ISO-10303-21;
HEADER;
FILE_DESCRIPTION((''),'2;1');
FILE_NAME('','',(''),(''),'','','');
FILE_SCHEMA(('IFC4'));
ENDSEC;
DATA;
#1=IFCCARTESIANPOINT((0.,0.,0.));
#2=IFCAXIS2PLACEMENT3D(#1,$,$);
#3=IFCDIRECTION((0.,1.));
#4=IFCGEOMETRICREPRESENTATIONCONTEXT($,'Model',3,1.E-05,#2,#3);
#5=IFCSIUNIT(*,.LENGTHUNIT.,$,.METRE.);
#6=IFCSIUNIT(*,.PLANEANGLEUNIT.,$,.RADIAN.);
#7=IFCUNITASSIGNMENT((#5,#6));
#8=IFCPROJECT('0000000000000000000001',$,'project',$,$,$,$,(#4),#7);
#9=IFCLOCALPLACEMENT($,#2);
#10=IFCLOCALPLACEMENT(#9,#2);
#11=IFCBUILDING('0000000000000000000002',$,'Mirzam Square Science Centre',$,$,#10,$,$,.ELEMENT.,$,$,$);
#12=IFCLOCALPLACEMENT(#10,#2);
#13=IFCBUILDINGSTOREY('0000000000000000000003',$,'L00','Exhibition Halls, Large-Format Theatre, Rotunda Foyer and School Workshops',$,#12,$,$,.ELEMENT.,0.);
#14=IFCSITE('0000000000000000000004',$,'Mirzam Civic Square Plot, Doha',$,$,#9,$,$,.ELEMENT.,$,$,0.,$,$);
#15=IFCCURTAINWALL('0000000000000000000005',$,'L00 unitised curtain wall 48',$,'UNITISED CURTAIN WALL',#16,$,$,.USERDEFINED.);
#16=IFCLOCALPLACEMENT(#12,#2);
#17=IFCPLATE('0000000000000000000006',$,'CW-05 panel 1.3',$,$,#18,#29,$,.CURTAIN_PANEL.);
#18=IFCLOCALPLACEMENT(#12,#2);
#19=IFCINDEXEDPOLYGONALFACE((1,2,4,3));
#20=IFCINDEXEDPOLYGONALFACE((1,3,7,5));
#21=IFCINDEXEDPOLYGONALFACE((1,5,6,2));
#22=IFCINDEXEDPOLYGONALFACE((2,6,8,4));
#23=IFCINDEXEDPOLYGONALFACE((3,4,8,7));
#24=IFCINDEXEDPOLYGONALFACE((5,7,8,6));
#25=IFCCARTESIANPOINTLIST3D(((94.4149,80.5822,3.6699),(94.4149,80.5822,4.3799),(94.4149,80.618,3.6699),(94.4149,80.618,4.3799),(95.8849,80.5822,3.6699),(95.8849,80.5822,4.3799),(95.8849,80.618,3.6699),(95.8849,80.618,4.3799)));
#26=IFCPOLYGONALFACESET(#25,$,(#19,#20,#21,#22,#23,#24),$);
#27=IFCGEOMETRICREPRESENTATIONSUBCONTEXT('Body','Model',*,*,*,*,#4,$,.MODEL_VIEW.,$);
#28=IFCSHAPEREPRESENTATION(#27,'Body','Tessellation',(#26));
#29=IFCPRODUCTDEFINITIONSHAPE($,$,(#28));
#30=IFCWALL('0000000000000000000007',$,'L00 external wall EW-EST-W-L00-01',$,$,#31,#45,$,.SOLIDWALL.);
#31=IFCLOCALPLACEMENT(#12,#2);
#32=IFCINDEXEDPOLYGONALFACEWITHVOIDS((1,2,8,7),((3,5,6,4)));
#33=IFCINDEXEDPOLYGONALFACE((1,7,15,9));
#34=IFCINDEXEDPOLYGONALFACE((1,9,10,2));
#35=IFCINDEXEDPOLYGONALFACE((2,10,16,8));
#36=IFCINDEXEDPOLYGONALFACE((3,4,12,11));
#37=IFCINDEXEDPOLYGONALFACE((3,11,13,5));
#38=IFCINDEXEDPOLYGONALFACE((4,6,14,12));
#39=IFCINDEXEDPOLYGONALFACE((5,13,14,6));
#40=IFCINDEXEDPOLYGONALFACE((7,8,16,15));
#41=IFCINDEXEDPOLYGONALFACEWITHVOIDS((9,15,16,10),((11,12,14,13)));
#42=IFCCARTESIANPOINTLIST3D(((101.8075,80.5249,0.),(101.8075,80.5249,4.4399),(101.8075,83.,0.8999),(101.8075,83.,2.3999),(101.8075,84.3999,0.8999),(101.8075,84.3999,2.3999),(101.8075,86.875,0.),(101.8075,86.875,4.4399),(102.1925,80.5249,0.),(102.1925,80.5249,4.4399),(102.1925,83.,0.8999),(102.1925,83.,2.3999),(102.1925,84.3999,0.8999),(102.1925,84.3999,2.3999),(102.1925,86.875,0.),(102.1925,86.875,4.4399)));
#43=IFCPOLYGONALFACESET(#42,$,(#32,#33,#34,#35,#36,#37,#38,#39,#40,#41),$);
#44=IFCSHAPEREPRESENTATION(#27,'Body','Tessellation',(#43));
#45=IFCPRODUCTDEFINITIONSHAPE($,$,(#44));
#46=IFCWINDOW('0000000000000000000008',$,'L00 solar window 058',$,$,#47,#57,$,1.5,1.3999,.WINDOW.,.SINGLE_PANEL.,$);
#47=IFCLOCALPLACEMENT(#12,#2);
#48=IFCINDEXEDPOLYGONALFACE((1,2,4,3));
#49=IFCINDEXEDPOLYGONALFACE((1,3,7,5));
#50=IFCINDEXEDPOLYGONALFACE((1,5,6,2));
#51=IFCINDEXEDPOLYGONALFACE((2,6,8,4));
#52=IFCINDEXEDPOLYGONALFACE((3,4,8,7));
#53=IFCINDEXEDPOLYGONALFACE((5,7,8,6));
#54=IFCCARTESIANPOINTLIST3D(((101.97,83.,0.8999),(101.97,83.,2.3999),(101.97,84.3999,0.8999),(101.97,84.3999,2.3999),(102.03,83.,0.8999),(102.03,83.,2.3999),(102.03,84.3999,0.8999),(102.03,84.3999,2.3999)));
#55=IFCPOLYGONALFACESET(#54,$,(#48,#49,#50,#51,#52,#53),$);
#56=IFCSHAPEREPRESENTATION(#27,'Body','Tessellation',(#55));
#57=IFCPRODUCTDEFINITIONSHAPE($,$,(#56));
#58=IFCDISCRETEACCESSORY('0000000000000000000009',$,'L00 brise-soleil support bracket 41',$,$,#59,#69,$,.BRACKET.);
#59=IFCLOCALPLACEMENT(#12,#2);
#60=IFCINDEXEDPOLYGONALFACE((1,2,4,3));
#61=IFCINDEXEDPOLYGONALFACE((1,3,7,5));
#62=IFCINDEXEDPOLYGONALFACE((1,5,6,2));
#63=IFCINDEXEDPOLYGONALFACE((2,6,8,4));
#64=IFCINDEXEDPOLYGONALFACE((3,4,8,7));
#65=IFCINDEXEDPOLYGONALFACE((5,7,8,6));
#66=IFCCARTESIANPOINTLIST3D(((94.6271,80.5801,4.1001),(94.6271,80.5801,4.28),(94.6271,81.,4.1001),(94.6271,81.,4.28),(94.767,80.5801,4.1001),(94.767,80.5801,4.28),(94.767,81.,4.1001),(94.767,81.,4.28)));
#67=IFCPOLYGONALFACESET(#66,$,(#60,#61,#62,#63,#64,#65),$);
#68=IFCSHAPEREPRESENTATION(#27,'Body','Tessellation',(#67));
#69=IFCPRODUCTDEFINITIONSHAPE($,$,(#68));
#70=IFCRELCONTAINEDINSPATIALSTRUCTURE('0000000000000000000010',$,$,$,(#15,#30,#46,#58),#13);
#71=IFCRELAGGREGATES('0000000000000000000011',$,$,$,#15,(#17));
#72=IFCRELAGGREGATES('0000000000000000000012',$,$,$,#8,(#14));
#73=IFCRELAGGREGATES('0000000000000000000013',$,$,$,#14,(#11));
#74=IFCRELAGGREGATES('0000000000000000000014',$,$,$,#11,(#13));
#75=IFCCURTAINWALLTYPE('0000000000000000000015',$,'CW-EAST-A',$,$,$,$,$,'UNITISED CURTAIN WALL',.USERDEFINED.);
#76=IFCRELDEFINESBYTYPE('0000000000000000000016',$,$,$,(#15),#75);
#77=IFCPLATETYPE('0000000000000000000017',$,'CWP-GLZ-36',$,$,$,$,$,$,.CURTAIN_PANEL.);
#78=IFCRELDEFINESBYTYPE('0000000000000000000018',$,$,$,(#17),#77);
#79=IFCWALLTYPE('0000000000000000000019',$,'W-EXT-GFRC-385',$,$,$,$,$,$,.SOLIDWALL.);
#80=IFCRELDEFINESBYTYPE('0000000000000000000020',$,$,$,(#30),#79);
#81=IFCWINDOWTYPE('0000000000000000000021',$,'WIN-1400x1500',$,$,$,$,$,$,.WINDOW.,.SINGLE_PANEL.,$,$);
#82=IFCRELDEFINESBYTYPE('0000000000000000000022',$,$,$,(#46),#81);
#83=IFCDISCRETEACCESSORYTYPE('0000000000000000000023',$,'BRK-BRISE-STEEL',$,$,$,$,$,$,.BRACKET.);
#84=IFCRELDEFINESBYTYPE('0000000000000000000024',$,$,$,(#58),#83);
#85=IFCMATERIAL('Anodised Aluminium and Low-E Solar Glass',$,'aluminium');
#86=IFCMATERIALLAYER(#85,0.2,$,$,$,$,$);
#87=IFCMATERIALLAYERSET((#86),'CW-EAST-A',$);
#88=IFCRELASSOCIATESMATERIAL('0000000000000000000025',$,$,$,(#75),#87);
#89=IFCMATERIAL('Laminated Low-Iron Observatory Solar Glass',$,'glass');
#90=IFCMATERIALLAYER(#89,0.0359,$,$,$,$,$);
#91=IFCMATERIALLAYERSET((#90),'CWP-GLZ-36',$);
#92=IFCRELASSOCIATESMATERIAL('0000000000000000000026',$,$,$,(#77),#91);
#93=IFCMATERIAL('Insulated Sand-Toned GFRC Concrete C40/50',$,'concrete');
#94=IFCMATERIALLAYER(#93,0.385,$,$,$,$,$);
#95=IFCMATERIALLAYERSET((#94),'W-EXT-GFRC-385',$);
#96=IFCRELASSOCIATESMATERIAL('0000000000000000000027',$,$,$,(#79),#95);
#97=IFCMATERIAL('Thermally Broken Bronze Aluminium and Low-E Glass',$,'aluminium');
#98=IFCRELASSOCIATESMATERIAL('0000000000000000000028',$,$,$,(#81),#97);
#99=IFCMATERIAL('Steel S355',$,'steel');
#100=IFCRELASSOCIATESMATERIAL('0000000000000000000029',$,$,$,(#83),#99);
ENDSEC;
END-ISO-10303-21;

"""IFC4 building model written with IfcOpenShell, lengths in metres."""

from ifc_helpers import new_model, si_unit, direction, frame, frame_2d, origin, origin_2d, place, context, subcontext, project, spatial, rectangle, extrude, material, layer, layer_set, type_object, element, fill, aggregate, save


model = new_model("IFC4")

# Units and contexts
model_context = context("Model", 3, precision=1e-05, world=origin(), true_north=direction((0.0, 1.0)))
body_context = subcontext(model_context, "Body", "Model", "MODEL_VIEW")
ifc_project = project(units=[si_unit("LENGTHUNIT", "METRE"), si_unit("PLANEANGLEUNIT", "RADIAN")], contexts=[model_context])

# Site, building, storey
site_placement = place(None, origin())
site = spatial("IfcSite", under=ifc_project, at=site_placement, Name="Mirzam Civic Square Plot, Doha", CompositionType="ELEMENT", RefElevation=0.0)
building_placement = place(site_placement, origin())
building = spatial("IfcBuilding", under=site, at=building_placement, Name="Mirzam Square Science Centre", CompositionType="ELEMENT")
storey_placement = place(building_placement, origin())
storey = spatial("IfcBuildingStorey", under=building, at=storey_placement, Name="L00", Description="Exhibition Halls, Large-Format Theatre, Rotunda Foyer and School Workshops", CompositionType="ELEMENT", Elevation=0.0)

# Shared definitions
ifc_material_1 = material(Name="Steel S355", Category="steel")

# Curtain wall
ifc_material_2 = material(Name="Anodised Aluminium and Low-E Solar Glass", Category="aluminium")
ifc_layer_1 = layer(ifc_material_2, 0.2)
ifc_layer_set_1 = layer_set([ifc_layer_1], Name="CW-EAST-A")
curtain_wall_type = type_object("IfcCurtainWallType", Name="CW-EAST-A", ElementType="UNITISED CURTAIN WALL", PredefinedType="USERDEFINED", material=ifc_layer_set_1)
curtain_wall_placement = place(storey_placement, origin())
curtain_wall = element("IfcCurtainWall", 1, at=curtain_wall_placement, inside=storey, type_object=curtain_wall_type, Name="L00 unitised curtain wall 48", ObjectType="UNITISED CURTAIN WALL", PredefinedType="USERDEFINED")

# Plate
ifc_material_3 = material(Name="Laminated Low-Iron Observatory Solar Glass", Category="glass")
ifc_layer_2 = layer(ifc_material_3, 0.0359)
ifc_layer_set_2 = layer_set([ifc_layer_2], Name="CWP-GLZ-36")
plate_type = type_object("IfcPlateType", Name="CWP-GLZ-36", PredefinedType="CURTAIN_PANEL", material=ifc_layer_set_2)
plate_1_placement = place(storey_placement, frame((95.1499, 80.6001, 3.6699), z_axis=(0.0, 0.0, 1.0), x_axis=(-1.0, 0.0, 0.0)))
plate_1 = element("IfcPlate", 2, at=plate_1_placement, type_object=plate_type, Name="CW-05 panel 1.3", PredefinedType="CURTAIN_PANEL", context=body_context, shape_type="SweptSolid", body=[
    extrude(rectangle(XDim=1.47, YDim=0.0359, at=origin_2d()), origin(), (0.0, 0.0, 1.0), 0.71),
])
aggregate(curtain_wall, [plate_1])

# Wall, opening, window
ifc_material_4 = material(Name="Insulated Sand-Toned GFRC Concrete C40/50", Category="concrete")
ifc_layer_3 = layer(ifc_material_4, 0.385)
ifc_layer_set_3 = layer_set([ifc_layer_3], Name="W-EXT-GFRC-385")
wall_type = type_object("IfcWallType", Name="W-EXT-GFRC-385", PredefinedType="SOLIDWALL", material=ifc_layer_set_3)
wall_placement = place(storey_placement, frame((102.0, 86.875, 0.0), z_axis=(0.0, 0.0, 1.0), x_axis=(0.0, -1.0, 0.0)))
wall = element("IfcWall", 3, at=wall_placement, inside=storey, type_object=wall_type, Name="L00 external wall EW-EST-W-L00-01", PredefinedType="SOLIDWALL", context=body_context, shape_type="SweptSolid", body=[
    extrude(rectangle(XDim=6.3501, YDim=0.385, at=frame_2d((3.175, 0.0))), origin(), (0.0, 0.0, 1.0), 4.4399),
])
opening_placement = place(wall_placement, frame((2.4751, 0.0, 0.8999)))
opening = element("IfcOpeningElement", 4, at=opening_placement, cuts=wall, PredefinedType="OPENING", context=body_context, shape_type="SweptSolid", body=[
    extrude(rectangle(XDim=1.3999, YDim=1.5, at=frame_2d((0.7, 0.75))), frame((0.0, 0.2024, 0.0), z_axis=(0.0, -1.0, 0.0), x_axis=(1.0, 0.0, 0.0)), (0.0, 0.0, 1.0), 0.405),
])
ifc_material_5 = material(Name="Thermally Broken Bronze Aluminium and Low-E Glass", Category="aluminium")
window_type = type_object("IfcWindowType", Name="WIN-1400x1500", PartitioningType="SINGLE_PANEL", PredefinedType="WINDOW", material=ifc_material_5)
window_placement = place(opening_placement, origin())
window = element("IfcWindow", 5, at=window_placement, inside=storey, type_object=window_type, Name="L00 solar window 058", OverallHeight=1.5, OverallWidth=1.3999, PartitioningType="SINGLE_PANEL", PredefinedType="WINDOW", context=body_context, shape_type="SweptSolid", body=[
    extrude(rectangle(XDim=1.3999, YDim=1.5, at=frame_2d((0.7, 0.75))), frame((0.0, 0.03, 0.0), z_axis=(0.0, -1.0, 0.0), x_axis=(1.0, 0.0, 0.0)), (0.0, 0.0, 1.0), 0.0601),
])
fill(opening, window)

# Discrete accessory
discrete_accessory_type = type_object("IfcDiscreteAccessoryType", Name="BRK-BRISE-STEEL", PredefinedType="BRACKET", material=ifc_material_1)
discrete_accessory_placement = place(storey_placement, frame((94.697, 80.79, 4.1001), z_axis=(0.0, 0.0, 1.0), x_axis=(-1.0, 0.0, 0.0)))
element("IfcDiscreteAccessory", 6, at=discrete_accessory_placement, inside=storey, type_object=discrete_accessory_type, Name="L00 brise-soleil support bracket 41", PredefinedType="BRACKET", context=body_context, shape_type="SweptSolid", body=[
    extrude(rectangle(XDim=0.1399, YDim=0.4199, at=origin_2d()), origin(), (0.0, 0.0, 1.0), 0.1799),
])

save(model, "model.ifc")
